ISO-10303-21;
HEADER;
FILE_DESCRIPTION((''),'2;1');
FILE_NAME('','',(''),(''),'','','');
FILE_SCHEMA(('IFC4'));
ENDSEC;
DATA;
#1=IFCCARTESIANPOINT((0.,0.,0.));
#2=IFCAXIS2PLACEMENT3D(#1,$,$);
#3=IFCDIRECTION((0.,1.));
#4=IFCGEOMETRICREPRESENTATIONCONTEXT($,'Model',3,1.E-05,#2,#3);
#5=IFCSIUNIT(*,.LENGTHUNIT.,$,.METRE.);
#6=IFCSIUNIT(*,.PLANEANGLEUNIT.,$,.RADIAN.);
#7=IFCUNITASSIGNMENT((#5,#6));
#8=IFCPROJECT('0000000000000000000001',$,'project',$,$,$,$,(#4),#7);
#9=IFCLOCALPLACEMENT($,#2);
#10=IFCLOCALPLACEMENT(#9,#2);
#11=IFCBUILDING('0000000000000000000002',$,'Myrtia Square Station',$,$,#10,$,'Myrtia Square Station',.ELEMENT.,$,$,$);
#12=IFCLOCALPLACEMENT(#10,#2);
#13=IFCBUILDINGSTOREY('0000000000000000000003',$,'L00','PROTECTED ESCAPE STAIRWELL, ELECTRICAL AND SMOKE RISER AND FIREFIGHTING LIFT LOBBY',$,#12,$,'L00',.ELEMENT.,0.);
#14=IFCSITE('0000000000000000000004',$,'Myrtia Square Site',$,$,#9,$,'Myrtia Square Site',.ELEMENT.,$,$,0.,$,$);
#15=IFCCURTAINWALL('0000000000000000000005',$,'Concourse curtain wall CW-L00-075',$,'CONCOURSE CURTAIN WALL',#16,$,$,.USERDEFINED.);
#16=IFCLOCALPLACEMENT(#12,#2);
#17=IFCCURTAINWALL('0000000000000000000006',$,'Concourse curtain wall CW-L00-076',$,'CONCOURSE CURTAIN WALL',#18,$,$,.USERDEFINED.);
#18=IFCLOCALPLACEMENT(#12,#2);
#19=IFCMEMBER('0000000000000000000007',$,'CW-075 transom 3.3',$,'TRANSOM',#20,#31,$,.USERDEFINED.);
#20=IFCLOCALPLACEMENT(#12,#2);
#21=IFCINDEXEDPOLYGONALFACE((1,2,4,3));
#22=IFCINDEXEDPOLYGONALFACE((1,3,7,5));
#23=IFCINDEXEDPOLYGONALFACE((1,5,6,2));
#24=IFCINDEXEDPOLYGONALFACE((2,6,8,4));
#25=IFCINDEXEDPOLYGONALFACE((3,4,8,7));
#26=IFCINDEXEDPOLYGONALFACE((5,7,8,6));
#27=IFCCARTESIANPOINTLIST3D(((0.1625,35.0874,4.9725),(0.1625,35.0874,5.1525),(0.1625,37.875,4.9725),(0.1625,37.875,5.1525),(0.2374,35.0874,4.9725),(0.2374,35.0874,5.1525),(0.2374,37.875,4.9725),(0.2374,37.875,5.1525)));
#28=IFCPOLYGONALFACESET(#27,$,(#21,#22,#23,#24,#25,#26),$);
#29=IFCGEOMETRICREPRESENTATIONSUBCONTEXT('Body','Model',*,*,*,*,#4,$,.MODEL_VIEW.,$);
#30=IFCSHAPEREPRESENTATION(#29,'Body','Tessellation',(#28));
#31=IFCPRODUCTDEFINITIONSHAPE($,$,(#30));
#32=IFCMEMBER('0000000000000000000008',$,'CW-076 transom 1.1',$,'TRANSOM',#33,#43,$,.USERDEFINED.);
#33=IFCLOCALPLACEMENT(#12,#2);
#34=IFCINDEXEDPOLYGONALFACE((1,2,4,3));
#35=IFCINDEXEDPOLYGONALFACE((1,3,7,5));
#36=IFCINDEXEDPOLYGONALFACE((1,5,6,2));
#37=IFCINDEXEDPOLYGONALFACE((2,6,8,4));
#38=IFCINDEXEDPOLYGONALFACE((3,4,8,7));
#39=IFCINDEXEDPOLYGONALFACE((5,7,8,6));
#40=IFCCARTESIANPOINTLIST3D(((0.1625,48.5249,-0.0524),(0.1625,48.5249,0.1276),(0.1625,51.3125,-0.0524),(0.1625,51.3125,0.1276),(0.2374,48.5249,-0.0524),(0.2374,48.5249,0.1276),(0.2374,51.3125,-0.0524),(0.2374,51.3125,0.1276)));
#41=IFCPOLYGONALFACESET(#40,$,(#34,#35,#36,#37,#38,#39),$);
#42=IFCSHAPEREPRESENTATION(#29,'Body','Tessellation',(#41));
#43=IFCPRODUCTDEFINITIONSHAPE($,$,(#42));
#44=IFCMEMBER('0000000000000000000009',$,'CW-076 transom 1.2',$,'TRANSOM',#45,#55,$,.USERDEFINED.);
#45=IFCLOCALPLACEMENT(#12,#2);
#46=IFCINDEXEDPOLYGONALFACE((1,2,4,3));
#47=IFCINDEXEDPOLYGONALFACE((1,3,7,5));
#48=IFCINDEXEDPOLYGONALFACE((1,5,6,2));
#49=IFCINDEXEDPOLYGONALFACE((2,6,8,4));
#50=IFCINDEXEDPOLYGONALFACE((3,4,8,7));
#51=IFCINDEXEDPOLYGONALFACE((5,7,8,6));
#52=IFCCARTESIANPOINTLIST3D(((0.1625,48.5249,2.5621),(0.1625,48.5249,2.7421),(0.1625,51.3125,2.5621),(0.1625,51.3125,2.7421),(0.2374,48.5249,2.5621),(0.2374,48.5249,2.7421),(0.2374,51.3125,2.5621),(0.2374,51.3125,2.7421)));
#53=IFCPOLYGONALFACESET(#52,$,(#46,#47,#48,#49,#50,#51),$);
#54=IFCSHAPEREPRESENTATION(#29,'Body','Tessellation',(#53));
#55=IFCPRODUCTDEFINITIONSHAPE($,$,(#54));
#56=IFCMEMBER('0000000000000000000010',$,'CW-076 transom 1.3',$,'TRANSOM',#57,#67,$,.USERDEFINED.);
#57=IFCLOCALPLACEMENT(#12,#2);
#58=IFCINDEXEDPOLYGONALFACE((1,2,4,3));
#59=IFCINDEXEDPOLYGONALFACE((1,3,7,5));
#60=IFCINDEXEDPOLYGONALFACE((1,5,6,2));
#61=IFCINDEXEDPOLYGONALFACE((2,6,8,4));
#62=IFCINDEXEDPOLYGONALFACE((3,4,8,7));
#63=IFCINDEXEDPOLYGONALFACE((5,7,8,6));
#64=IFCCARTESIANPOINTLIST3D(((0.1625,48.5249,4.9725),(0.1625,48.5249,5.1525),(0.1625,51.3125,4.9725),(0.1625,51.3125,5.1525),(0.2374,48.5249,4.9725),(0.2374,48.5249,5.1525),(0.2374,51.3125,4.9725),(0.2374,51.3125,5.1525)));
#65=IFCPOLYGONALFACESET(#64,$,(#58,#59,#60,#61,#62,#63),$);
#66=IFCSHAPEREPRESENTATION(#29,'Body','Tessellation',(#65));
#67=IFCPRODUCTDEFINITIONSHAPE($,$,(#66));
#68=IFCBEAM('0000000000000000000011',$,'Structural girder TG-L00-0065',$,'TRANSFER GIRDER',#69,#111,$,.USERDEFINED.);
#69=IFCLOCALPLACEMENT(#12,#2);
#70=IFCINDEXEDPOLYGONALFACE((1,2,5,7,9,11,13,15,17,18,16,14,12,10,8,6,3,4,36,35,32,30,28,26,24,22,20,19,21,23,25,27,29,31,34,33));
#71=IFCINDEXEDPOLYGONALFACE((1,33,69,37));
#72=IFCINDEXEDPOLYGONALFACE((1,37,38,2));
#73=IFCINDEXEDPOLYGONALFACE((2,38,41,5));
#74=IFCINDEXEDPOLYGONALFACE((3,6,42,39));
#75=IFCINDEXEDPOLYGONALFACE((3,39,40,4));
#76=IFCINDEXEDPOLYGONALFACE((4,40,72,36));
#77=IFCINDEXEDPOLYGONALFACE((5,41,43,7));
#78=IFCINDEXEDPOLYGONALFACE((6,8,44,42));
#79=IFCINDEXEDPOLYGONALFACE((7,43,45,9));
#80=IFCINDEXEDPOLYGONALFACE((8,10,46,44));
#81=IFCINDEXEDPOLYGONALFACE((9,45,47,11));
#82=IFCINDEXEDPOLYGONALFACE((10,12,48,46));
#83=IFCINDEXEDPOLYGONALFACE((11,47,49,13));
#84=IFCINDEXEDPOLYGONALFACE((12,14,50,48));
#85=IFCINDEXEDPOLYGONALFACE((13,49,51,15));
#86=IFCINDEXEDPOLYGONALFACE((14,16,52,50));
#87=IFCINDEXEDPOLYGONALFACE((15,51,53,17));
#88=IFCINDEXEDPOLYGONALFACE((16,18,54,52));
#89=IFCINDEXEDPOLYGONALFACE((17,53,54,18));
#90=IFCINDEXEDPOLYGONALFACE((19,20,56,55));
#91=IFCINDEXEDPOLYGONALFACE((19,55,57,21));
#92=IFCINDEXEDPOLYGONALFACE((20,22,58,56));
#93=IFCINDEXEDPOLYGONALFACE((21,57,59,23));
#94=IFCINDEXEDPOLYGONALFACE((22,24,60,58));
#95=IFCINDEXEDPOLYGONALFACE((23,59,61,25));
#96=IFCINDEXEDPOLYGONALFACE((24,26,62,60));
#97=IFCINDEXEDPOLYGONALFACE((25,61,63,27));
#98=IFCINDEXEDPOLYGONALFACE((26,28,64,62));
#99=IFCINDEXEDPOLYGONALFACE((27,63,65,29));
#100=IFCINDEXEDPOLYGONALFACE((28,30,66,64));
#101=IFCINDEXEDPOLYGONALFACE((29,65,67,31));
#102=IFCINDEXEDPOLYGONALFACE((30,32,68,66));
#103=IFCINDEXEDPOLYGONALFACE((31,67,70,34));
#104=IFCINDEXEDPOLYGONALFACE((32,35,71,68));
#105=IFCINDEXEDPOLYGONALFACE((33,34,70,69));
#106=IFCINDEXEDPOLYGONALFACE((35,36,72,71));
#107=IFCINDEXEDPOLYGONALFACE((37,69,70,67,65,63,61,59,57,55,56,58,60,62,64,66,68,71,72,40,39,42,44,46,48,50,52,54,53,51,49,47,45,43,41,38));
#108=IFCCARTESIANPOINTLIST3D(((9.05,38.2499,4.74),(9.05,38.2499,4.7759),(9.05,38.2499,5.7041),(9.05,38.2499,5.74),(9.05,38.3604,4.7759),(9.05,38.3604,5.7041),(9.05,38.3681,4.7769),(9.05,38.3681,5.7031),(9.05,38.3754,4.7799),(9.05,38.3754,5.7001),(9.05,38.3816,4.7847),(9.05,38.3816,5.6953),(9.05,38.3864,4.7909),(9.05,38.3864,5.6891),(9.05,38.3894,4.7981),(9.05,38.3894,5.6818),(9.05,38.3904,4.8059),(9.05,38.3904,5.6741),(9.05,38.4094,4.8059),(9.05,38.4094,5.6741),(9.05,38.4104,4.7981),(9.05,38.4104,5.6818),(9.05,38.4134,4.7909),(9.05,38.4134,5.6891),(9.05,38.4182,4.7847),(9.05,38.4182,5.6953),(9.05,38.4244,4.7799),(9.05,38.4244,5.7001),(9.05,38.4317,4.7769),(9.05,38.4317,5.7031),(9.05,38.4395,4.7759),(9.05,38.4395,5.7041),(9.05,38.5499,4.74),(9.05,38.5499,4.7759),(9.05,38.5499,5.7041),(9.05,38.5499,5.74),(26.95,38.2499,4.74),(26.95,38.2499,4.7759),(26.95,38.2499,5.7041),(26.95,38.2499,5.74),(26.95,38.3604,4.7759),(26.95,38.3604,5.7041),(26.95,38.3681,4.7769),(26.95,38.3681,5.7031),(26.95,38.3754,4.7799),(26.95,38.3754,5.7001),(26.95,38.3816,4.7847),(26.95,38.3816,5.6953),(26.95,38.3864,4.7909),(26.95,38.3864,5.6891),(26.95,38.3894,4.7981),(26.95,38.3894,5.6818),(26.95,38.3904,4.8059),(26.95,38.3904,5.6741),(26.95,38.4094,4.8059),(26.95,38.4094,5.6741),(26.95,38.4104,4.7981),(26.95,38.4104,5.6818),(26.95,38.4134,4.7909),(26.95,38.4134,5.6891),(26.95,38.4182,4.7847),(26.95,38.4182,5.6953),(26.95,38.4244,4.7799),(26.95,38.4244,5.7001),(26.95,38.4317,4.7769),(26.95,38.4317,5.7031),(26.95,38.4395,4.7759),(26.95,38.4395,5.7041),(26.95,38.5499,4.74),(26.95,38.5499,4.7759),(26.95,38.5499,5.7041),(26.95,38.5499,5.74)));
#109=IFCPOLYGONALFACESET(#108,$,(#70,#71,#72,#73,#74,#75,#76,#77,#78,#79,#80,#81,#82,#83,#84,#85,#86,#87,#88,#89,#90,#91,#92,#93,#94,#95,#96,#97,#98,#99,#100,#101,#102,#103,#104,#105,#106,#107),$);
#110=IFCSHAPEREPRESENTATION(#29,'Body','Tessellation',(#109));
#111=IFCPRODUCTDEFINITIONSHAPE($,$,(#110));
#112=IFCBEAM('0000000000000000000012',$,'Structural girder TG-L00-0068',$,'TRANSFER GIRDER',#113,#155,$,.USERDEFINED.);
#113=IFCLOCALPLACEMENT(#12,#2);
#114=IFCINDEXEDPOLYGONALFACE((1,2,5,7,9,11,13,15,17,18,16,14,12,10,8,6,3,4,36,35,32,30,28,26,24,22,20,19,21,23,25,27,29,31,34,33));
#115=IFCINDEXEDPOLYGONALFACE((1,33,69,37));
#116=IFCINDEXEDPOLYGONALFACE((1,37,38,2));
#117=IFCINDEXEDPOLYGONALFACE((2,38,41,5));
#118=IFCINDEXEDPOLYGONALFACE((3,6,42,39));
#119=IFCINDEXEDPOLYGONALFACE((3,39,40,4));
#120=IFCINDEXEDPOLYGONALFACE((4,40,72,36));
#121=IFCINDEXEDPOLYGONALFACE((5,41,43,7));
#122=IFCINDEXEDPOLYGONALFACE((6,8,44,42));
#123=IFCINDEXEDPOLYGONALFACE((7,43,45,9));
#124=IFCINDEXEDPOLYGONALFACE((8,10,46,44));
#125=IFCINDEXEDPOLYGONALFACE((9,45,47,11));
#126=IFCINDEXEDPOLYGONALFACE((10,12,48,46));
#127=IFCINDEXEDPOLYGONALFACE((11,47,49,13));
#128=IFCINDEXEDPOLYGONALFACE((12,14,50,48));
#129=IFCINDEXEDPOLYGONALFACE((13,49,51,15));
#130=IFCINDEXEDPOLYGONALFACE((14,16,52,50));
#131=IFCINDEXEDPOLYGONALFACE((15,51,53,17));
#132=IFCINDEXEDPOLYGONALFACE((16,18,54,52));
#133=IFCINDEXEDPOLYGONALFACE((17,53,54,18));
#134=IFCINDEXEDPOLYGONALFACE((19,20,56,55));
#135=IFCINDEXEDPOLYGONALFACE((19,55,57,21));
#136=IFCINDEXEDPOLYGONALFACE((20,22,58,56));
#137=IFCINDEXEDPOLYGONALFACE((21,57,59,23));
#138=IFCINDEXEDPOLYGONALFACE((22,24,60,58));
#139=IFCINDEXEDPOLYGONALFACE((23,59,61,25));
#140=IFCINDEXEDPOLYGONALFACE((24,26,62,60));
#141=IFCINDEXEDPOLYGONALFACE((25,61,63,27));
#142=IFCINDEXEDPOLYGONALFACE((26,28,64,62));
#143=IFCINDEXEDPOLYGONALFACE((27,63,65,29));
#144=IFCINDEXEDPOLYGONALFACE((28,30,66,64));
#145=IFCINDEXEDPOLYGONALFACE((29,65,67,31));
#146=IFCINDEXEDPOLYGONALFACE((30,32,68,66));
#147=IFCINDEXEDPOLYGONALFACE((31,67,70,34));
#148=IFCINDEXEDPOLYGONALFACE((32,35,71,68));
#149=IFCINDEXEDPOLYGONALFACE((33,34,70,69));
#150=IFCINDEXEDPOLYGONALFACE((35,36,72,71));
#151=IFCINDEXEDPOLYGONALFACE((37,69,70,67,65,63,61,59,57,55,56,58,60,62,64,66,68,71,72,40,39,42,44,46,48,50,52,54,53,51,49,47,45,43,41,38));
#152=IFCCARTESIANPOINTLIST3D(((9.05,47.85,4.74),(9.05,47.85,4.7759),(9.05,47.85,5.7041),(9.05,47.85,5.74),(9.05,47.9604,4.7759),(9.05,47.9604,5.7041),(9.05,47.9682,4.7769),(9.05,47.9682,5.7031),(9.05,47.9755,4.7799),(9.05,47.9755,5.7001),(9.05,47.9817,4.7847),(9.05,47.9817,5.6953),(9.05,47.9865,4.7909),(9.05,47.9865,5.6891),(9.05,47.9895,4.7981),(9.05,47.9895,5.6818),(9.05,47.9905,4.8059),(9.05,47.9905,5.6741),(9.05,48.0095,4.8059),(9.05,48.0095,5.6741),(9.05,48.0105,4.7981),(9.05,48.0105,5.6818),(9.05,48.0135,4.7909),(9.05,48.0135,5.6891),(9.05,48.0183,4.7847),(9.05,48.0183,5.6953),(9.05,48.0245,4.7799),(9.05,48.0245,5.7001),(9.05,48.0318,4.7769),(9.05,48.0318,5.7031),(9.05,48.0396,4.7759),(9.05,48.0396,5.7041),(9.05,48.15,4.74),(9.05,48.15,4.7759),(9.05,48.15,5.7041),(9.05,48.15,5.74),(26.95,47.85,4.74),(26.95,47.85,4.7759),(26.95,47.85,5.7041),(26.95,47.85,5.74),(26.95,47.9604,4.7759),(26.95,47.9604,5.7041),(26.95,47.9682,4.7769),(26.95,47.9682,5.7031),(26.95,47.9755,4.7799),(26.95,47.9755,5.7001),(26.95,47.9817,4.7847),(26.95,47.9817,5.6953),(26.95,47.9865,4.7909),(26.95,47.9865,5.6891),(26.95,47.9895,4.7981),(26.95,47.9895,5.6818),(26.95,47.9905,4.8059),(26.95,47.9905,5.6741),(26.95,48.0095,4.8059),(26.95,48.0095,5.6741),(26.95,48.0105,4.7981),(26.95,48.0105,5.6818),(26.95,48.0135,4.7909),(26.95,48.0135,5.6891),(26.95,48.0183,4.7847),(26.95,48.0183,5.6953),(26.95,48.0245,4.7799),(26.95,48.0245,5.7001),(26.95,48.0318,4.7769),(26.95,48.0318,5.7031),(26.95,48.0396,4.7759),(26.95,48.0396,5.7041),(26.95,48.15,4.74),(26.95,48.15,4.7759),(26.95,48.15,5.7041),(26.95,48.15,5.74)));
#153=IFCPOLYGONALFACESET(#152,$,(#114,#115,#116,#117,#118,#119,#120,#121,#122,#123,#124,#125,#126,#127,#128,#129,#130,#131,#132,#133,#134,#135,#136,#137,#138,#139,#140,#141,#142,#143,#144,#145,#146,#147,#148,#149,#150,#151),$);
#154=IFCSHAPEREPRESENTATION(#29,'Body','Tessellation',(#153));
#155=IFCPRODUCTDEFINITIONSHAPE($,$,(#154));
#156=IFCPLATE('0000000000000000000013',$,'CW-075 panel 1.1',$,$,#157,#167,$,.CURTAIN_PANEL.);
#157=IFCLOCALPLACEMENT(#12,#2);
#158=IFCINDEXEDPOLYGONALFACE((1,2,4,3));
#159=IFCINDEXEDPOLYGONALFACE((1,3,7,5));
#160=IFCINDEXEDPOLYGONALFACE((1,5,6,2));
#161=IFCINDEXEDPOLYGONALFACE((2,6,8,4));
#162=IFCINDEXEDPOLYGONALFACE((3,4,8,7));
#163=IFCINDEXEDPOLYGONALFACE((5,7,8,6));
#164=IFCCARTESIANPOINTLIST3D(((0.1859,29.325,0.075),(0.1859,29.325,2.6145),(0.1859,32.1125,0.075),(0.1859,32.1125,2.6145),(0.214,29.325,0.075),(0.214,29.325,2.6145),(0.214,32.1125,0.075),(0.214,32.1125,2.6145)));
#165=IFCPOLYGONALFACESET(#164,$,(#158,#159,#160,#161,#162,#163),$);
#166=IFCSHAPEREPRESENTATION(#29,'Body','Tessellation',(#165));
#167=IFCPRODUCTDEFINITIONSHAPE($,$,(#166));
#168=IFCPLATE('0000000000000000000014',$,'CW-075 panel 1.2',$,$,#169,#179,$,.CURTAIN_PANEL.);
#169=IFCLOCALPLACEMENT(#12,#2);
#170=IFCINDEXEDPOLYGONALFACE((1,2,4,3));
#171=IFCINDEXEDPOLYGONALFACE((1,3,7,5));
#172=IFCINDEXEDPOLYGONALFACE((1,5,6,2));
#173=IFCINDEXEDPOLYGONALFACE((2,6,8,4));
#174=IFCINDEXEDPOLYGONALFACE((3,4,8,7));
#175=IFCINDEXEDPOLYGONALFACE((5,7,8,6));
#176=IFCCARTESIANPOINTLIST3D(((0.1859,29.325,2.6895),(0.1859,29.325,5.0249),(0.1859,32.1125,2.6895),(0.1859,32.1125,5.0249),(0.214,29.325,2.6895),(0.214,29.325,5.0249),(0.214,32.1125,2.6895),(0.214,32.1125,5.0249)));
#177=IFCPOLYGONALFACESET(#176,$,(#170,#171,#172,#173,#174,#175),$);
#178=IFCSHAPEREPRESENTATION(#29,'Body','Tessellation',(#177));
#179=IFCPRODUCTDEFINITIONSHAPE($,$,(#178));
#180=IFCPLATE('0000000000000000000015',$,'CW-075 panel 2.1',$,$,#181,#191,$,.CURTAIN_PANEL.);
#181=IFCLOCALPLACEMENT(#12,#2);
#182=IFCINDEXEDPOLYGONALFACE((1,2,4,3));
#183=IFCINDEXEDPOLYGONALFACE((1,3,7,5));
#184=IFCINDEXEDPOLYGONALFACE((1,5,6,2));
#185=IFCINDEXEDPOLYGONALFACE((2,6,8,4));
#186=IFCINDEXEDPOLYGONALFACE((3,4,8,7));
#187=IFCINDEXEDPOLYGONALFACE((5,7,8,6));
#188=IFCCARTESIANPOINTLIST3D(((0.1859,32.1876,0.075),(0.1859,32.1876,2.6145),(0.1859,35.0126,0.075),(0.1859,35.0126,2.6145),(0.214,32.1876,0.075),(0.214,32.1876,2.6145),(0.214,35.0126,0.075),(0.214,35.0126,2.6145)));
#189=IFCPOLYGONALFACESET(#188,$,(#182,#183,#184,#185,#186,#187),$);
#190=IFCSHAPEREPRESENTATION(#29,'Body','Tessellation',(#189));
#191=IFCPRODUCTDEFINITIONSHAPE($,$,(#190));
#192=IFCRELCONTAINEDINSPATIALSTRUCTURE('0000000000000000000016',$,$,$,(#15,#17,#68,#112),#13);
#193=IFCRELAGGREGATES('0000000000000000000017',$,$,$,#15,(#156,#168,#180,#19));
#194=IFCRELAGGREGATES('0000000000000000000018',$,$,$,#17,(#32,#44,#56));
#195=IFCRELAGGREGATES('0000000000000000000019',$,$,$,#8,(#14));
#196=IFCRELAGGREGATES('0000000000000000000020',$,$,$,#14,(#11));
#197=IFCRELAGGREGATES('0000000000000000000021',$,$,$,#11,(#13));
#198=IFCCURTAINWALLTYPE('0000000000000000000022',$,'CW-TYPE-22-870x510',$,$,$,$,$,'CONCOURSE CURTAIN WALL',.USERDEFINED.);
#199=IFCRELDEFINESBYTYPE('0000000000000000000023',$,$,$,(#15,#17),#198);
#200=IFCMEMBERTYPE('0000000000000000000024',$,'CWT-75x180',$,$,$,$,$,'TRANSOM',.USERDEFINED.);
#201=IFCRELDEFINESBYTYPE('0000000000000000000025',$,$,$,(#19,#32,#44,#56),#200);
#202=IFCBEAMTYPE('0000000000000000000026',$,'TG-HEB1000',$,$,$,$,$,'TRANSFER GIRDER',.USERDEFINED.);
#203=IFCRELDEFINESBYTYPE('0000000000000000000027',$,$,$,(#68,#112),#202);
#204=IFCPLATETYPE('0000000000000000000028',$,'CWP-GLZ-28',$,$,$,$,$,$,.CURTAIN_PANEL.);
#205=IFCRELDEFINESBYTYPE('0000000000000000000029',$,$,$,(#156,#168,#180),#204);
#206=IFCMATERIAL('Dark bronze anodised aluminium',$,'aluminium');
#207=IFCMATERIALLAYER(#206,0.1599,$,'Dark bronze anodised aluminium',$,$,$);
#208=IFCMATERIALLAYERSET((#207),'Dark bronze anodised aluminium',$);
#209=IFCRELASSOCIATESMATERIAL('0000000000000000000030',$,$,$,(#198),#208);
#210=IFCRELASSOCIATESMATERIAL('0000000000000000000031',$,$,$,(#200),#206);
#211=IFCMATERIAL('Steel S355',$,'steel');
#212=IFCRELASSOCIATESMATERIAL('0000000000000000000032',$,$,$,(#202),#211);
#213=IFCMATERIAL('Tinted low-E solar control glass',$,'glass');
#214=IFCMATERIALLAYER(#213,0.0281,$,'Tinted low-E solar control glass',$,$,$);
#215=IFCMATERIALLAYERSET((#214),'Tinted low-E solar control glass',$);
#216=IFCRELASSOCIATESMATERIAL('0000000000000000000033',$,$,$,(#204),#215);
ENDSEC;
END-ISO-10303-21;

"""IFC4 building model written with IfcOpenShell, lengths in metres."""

from ifc_helpers import new_model, si_unit, direction, frame, origin, origin_2d, place, context, subcontext, project, spatial, rectangle, i_section, extrude, material, layer, layer_set, material_profile, profile_set, type_object, element, aggregate, save


model = new_model("IFC4")

# Units and contexts
model_context = context("Model", 3, precision=1e-05, world=origin(), true_north=direction((0.0, 1.0)))
body_context = subcontext(model_context, "Body", "Model", "MODEL_VIEW")
ifc_project = project(units=[si_unit("LENGTHUNIT", "METRE"), si_unit("PLANEANGLEUNIT", "RADIAN")], contexts=[model_context])

# Site, building, storey
site_placement = place(None, origin())
site = spatial("IfcSite", under=ifc_project, at=site_placement, Name="Myrtia Square Site", LongName="Myrtia Square Site", CompositionType="ELEMENT", RefElevation=0.0)
building_placement = place(site_placement, origin())
building = spatial("IfcBuilding", under=site, at=building_placement, Name="Myrtia Square Station", LongName="Myrtia Square Station", CompositionType="ELEMENT")
storey_placement = place(building_placement, origin())
storey = spatial("IfcBuildingStorey", under=building, at=storey_placement, Name="L00", Description="PROTECTED ESCAPE STAIRWELL, ELECTRICAL AND SMOKE RISER AND FIREFIGHTING LIFT LOBBY", LongName="L00", CompositionType="ELEMENT", Elevation=0.0)

# Shared definitions
ifc_material_1 = material(Name="Steel S355", Category="steel")

# Curtain wall
ifc_material_2 = material(Name="Dark bronze anodised aluminium", Category="aluminium")
ifc_layer_1 = layer(ifc_material_2, 0.1599, Name="Dark bronze anodised aluminium")
ifc_layer_set_1 = layer_set([ifc_layer_1], Name="Dark bronze anodised aluminium")
curtain_wall_type = type_object("IfcCurtainWallType", Name="CW-TYPE-22-870x510", ElementType="CONCOURSE CURTAIN WALL", PredefinedType="USERDEFINED", material=ifc_layer_set_1)
curtain_wall_1_placement = place(storey_placement, origin())
curtain_wall_1 = element("IfcCurtainWall", 1, at=curtain_wall_1_placement, inside=storey, type_object=curtain_wall_type, Name="Concourse curtain wall CW-L00-075", ObjectType="CONCOURSE CURTAIN WALL", PredefinedType="USERDEFINED")

# Curtain wall
curtain_wall_2_placement = place(storey_placement, origin())
curtain_wall_2 = element("IfcCurtainWall", 2, at=curtain_wall_2_placement, inside=storey, type_object=curtain_wall_type, Name="Concourse curtain wall CW-L00-076", ObjectType="CONCOURSE CURTAIN WALL", PredefinedType="USERDEFINED")

# Members
ifc_material_profile_1 = material_profile(ifc_material_2, rectangle(XDim=0.075, YDim=0.1799, at=origin_2d()), Name="ALU-T 75x180")
ifc_profile_set_1 = profile_set([ifc_material_profile_1], Name="Dark bronze anodised aluminium")
member_type_1 = type_object("IfcMemberType", Name="CWT-75x180", ElementType="TRANSOM", PredefinedType="USERDEFINED", material=ifc_profile_set_1)
member_1_placement = place(storey_placement, frame((0.2, 35.0874, 5.0625), z_axis=(0.0, 1.0, 0.0), x_axis=(-1.0, 0.0, 0.0)))
member_1 = element("IfcMember", 3, at=member_1_placement, type_object=member_type_1, Name="CW-075 transom 3.3", ObjectType="TRANSOM", PredefinedType="USERDEFINED", context=body_context, shape_type="SweptSolid", body=[
    extrude(rectangle(XDim=0.075, YDim=0.1799, at=origin_2d()), origin(), (0.0, 0.0, 1.0), 2.7876),
])
member_2_placement = place(storey_placement, frame((0.2, 48.5249, 0.0376), z_axis=(0.0, 1.0, 0.0), x_axis=(-1.0, 0.0, 0.0)))
member_2 = element("IfcMember", 4, at=member_2_placement, type_object=member_type_1, Name="CW-076 transom 1.1", ObjectType="TRANSOM", PredefinedType="USERDEFINED", context=body_context, shape_type="SweptSolid", body=[
    extrude(rectangle(XDim=0.075, YDim=0.1799, at=origin_2d()), origin(), (0.0, 0.0, 1.0), 2.7876),
])
member_3_placement = place(storey_placement, frame((0.2, 48.5249, 2.6521), z_axis=(0.0, 1.0, 0.0), x_axis=(-1.0, 0.0, 0.0)))
member_3 = element("IfcMember", 5, at=member_3_placement, type_object=member_type_1, Name="CW-076 transom 1.2", ObjectType="TRANSOM", PredefinedType="USERDEFINED", context=body_context, shape_type="SweptSolid", body=[
    extrude(rectangle(XDim=0.075, YDim=0.1799, at=origin_2d()), origin(), (0.0, 0.0, 1.0), 2.7876),
])
member_4_placement = place(storey_placement, frame((0.2, 48.5249, 5.0625), z_axis=(0.0, 1.0, 0.0), x_axis=(-1.0, 0.0, 0.0)))
member_4 = element("IfcMember", 6, at=member_4_placement, type_object=member_type_1, Name="CW-076 transom 1.3", ObjectType="TRANSOM", PredefinedType="USERDEFINED", context=body_context, shape_type="SweptSolid", body=[
    extrude(rectangle(XDim=0.075, YDim=0.1799, at=origin_2d()), origin(), (0.0, 0.0, 1.0), 2.7876),
])

# Beams
ifc_material_profile_2 = material_profile(ifc_material_1, i_section(OverallWidth=0.3, OverallDepth=1.0, WebThickness=0.019, FlangeThickness=0.0359, FilletRadius=0.03, at=origin_2d()), Name="HEB 1000")
ifc_profile_set_2 = profile_set([ifc_material_profile_2], Name="Steel S355")
beam_type_1 = type_object("IfcBeamType", Name="TG-HEB1000", ElementType="TRANSFER GIRDER", PredefinedType="USERDEFINED", material=ifc_profile_set_2)
for number, where, z_axis, x_axis, name in (
    (7, (9.05, 38.3999, 5.24), (1.0, 0.0, 0.0), (0.0, 1.0, 0.0), "Structural girder TG-L00-0065"),
    (8, (9.05, 48.0, 5.24), (1.0, 0.0, 0.0), (0.0, 1.0, 0.0), "Structural girder TG-L00-0068"),
):
    element("IfcBeam", number, at=place(storey_placement, frame(where, z_axis=z_axis, x_axis=x_axis)), inside=storey, type_object=beam_type_1, Name=name, ObjectType="TRANSFER GIRDER", PredefinedType="USERDEFINED", context=body_context, shape_type="SweptSolid", body=[
        extrude(i_section(OverallWidth=0.3, OverallDepth=1.0, WebThickness=0.019, FlangeThickness=0.0359, FilletRadius=0.03, at=origin_2d()), origin(), (0.0, 0.0, 1.0), 17.8999),
    ])

# Plates
ifc_material_3 = material(Name="Tinted low-E solar control glass", Category="glass")
ifc_layer_2 = layer(ifc_material_3, 0.0281, Name="Tinted low-E solar control glass")
ifc_layer_set_2 = layer_set([ifc_layer_2], Name="Tinted low-E solar control glass")
plate_type_1 = type_object("IfcPlateType", Name="CWP-GLZ-28", PredefinedType="CURTAIN_PANEL", material=ifc_layer_set_2)
plate_1_placement = place(storey_placement, frame((0.2, 30.7188, 0.075), z_axis=(0.0, 0.0, 1.0), x_axis=(0.0, 1.0, 0.0)))
plate_1 = element("IfcPlate", 9, at=plate_1_placement, type_object=plate_type_1, Name="CW-075 panel 1.1", PredefinedType="CURTAIN_PANEL", context=body_context, shape_type="SweptSolid", body=[
    extrude(rectangle(XDim=2.7876, YDim=0.0281, at=origin_2d()), origin(), (0.0, 0.0, 1.0), 2.5396),
])
plate_2_placement = place(storey_placement, frame((0.2, 30.7188, 2.6895), z_axis=(0.0, 0.0, 1.0), x_axis=(0.0, 1.0, 0.0)))
plate_2 = element("IfcPlate", 10, at=plate_2_placement, type_object=plate_type_1, Name="CW-075 panel 1.2", PredefinedType="CURTAIN_PANEL", context=body_context, shape_type="SweptSolid", body=[
    extrude(rectangle(XDim=2.7876, YDim=0.0281, at=origin_2d()), origin(), (0.0, 0.0, 1.0), 2.3354),
])
plate_3_placement = place(storey_placement, frame((0.2, 33.6001, 0.075), z_axis=(0.0, 0.0, 1.0), x_axis=(0.0, 1.0, 0.0)))
plate_3 = element("IfcPlate", 11, at=plate_3_placement, type_object=plate_type_1, Name="CW-075 panel 2.1", PredefinedType="CURTAIN_PANEL", context=body_context, shape_type="SweptSolid", body=[
    extrude(rectangle(XDim=2.825, YDim=0.0281, at=origin_2d()), origin(), (0.0, 0.0, 1.0), 2.5396),
])
aggregate(curtain_wall_1, [plate_1, plate_2, plate_3, member_1])
aggregate(curtain_wall_2, [member_2, member_3, member_4])

save(model, "model.ifc")
